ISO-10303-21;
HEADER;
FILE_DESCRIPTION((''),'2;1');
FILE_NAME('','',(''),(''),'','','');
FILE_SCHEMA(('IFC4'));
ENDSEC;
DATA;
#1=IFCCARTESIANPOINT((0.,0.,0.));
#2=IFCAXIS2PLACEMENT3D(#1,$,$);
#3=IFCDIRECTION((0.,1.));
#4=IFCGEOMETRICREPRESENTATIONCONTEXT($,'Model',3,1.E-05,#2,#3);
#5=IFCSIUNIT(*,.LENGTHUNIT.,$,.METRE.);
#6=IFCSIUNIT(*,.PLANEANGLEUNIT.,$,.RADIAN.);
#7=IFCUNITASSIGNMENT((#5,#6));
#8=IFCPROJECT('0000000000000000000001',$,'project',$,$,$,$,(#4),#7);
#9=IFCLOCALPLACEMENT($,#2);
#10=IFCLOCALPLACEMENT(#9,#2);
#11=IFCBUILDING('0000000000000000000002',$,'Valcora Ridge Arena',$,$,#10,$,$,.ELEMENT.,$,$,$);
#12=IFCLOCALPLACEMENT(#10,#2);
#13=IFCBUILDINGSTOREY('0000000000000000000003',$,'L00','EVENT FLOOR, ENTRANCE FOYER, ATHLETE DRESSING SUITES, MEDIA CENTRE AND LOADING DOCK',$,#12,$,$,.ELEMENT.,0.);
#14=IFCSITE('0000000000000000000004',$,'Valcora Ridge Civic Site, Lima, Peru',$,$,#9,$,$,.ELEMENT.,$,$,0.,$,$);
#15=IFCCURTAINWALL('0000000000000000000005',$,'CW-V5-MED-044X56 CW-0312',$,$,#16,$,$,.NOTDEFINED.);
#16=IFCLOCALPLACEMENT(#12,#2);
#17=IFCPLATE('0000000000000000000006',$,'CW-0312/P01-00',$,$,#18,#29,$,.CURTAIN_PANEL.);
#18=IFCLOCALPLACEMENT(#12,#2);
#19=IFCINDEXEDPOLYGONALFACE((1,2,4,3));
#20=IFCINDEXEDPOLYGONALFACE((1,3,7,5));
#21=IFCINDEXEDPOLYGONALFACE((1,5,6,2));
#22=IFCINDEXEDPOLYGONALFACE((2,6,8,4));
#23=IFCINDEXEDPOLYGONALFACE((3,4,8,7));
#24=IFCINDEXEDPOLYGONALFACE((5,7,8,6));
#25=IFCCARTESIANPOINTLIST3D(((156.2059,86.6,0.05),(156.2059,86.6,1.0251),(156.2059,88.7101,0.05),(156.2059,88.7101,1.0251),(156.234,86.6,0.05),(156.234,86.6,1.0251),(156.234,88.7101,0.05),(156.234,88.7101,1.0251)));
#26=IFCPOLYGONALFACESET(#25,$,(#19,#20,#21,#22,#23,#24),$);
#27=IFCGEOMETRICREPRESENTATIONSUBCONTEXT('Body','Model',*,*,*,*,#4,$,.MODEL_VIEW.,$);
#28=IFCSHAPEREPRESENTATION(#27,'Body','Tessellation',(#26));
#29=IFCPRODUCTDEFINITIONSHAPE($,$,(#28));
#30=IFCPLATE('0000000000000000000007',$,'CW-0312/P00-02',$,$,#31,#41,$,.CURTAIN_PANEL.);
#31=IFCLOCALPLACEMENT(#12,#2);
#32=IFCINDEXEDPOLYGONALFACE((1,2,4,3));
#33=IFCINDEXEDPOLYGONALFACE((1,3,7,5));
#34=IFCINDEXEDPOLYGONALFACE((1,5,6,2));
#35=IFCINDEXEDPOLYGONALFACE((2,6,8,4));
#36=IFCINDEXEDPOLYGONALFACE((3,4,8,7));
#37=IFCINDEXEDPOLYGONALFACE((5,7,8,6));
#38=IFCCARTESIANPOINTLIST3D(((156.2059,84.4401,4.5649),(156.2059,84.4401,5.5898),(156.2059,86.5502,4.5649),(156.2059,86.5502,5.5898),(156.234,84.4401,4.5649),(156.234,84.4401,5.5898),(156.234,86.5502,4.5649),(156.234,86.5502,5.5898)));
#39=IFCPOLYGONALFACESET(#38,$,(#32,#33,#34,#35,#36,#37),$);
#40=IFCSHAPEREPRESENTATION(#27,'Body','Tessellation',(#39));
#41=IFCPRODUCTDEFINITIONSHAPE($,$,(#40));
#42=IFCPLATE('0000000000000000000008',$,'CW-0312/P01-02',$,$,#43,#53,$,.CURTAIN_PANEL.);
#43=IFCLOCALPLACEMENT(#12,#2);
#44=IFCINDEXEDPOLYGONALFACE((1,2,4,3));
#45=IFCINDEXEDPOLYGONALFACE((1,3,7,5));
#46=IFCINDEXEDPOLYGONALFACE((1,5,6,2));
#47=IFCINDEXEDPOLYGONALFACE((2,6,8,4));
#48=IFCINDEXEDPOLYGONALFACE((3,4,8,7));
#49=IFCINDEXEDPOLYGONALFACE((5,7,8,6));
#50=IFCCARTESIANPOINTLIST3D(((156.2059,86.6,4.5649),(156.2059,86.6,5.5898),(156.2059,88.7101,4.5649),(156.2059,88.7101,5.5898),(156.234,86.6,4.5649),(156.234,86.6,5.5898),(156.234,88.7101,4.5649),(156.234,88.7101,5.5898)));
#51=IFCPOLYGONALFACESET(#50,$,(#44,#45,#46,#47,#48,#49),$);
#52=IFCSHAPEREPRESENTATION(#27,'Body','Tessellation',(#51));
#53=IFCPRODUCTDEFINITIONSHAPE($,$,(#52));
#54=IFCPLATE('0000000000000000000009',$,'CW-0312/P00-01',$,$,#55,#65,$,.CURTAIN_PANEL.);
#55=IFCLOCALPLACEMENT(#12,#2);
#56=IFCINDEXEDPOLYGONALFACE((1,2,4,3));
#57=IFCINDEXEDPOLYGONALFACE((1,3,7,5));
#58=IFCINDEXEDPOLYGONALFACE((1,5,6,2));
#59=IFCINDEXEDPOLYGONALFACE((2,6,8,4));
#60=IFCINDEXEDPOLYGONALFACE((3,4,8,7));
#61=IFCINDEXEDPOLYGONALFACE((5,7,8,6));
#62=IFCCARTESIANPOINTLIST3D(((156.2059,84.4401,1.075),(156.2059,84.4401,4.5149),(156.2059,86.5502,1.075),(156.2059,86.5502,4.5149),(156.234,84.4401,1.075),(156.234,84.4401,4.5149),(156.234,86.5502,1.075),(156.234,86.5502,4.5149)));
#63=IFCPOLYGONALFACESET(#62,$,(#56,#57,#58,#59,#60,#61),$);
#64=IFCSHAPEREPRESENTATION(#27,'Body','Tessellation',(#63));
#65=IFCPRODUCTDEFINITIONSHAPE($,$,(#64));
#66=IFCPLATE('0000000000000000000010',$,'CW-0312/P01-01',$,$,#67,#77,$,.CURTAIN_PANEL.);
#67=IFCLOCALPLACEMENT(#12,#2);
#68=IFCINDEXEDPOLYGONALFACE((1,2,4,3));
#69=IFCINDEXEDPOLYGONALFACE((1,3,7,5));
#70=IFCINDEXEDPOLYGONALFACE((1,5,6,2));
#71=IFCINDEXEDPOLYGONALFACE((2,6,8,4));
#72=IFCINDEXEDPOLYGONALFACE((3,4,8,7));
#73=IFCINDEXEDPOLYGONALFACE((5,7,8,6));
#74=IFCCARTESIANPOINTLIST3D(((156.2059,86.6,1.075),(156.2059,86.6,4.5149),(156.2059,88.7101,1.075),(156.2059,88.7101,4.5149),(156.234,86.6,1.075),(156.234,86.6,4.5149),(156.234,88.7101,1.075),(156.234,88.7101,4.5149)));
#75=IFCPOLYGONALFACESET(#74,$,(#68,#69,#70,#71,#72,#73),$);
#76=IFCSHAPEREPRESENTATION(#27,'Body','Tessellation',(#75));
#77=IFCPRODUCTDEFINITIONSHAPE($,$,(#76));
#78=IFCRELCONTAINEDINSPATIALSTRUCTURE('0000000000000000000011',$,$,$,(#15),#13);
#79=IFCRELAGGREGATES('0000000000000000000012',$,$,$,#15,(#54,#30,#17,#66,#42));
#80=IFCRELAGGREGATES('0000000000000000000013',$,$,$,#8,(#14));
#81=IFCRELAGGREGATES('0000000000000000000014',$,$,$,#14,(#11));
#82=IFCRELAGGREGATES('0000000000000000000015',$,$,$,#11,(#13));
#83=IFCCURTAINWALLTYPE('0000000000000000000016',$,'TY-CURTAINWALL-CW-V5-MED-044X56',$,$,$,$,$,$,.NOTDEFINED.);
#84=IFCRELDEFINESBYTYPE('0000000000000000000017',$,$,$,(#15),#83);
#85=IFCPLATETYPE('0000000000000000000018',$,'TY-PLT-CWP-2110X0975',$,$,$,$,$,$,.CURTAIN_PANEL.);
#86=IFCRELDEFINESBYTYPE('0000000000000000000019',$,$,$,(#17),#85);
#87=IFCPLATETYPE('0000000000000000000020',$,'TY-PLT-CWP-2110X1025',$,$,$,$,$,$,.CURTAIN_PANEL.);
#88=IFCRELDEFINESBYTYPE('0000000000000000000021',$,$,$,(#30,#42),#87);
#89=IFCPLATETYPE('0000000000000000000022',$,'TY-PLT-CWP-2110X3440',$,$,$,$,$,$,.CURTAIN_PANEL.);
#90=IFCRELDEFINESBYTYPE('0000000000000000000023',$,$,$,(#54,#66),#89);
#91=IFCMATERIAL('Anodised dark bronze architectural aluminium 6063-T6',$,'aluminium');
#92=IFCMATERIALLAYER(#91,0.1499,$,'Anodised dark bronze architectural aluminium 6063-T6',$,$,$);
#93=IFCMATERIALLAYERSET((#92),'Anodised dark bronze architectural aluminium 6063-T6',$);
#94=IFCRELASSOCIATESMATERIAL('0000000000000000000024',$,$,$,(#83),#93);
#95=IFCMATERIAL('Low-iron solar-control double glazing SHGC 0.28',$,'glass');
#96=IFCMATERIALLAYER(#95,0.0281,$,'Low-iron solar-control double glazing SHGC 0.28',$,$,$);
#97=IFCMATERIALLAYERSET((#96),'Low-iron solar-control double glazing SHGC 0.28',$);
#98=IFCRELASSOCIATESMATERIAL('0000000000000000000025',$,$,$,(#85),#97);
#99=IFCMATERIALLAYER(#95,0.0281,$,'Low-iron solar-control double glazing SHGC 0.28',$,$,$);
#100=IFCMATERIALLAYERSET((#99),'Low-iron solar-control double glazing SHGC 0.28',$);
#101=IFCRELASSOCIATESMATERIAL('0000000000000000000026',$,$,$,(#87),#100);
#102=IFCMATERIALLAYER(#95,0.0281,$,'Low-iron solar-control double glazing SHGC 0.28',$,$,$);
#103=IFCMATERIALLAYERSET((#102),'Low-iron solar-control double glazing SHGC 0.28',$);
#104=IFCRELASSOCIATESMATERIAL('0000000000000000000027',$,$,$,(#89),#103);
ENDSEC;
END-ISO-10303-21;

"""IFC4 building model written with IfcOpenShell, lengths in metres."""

from ifc_helpers import new_model, si_unit, direction, frame, origin, origin_2d, place, context, subcontext, project, spatial, rectangle, extrude, material, layer, layer_set, type_object, element, aggregate, save


model = new_model("IFC4")

# Units and contexts
model_context = context("Model", 3, precision=1e-05, world=origin(), true_north=direction((0.0, 1.0)))
body_context = subcontext(model_context, "Body", "Model", "MODEL_VIEW")
ifc_project = project(units=[si_unit("LENGTHUNIT", "METRE"), si_unit("PLANEANGLEUNIT", "RADIAN")], contexts=[model_context])

# Site, building, storey
site_placement = place(None, origin())
site = spatial("IfcSite", under=ifc_project, at=site_placement, Name="Valcora Ridge Civic Site, Lima, Peru", CompositionType="ELEMENT", RefElevation=0.0)
building_placement = place(site_placement, origin())
building = spatial("IfcBuilding", under=site, at=building_placement, Name="Valcora Ridge Arena", CompositionType="ELEMENT")
storey_placement = place(building_placement, origin())
storey = spatial("IfcBuildingStorey", under=building, at=storey_placement, Name="L00", Description="EVENT FLOOR, ENTRANCE FOYER, ATHLETE DRESSING SUITES, MEDIA CENTRE AND LOADING DOCK", CompositionType="ELEMENT", Elevation=0.0)

# Curtain wall, plates
ifc_material_1 = material(Name="Anodised dark bronze architectural aluminium 6063-T6", Category="aluminium")
ifc_layer_1 = layer(ifc_material_1, 0.1499, Name="Anodised dark bronze architectural aluminium 6063-T6")
ifc_layer_set_1 = layer_set([ifc_layer_1], Name="Anodised dark bronze architectural aluminium 6063-T6")
curtain_wall_type = type_object("IfcCurtainWallType", Name="TY-CURTAINWALL-CW-V5-MED-044X56", PredefinedType="NOTDEFINED", material=ifc_layer_set_1)
curtain_wall_placement = place(storey_placement, origin())
curtain_wall = element("IfcCurtainWall", 1, at=curtain_wall_placement, inside=storey, type_object=curtain_wall_type, Name="CW-V5-MED-044X56 CW-0312", PredefinedType="NOTDEFINED")
ifc_material_2 = material(Name="Low-iron solar-control double glazing SHGC 0.28", Category="glass")
ifc_layer_2 = layer(ifc_material_2, 0.0281, Name="Low-iron solar-control double glazing SHGC 0.28")
ifc_layer_set_2 = layer_set([ifc_layer_2], Name="Low-iron solar-control double glazing SHGC 0.28")
plate_type_1 = type_object("IfcPlateType", Name="TY-PLT-CWP-2110X0975", PredefinedType="CURTAIN_PANEL", material=ifc_layer_set_2)
plate_1_placement = place(storey_placement, frame((156.22, 87.655, 0.05), z_axis=(0.0, 0.0, 1.0), x_axis=(0.0, 1.0, 0.0)))
plate_1 = element("IfcPlate", 2, at=plate_1_placement, type_object=plate_type_1, Name="CW-0312/P01-00", PredefinedType="CURTAIN_PANEL", context=body_context, shape_type="SweptSolid", body=[
    extrude(rectangle(XDim=2.1101, YDim=0.0281, at=origin_2d()), origin(), (0.0, 0.0, 1.0), 0.9751),
])
ifc_layer_3 = layer(ifc_material_2, 0.0281, Name="Low-iron solar-control double glazing SHGC 0.28")
ifc_layer_set_3 = layer_set([ifc_layer_3], Name="Low-iron solar-control double glazing SHGC 0.28")
plate_type_2 = type_object("IfcPlateType", Name="TY-PLT-CWP-2110X1025", PredefinedType="CURTAIN_PANEL", material=ifc_layer_set_3)
plate_2_placement = place(storey_placement, frame((156.22, 85.4951, 4.5649), z_axis=(0.0, 0.0, 1.0), x_axis=(0.0, 1.0, 0.0)))
plate_2 = element("IfcPlate", 3, at=plate_2_placement, type_object=plate_type_2, Name="CW-0312/P00-02", PredefinedType="CURTAIN_PANEL", context=body_context, shape_type="SweptSolid", body=[
    extrude(rectangle(XDim=2.1101, YDim=0.0281, at=origin_2d()), origin(), (0.0, 0.0, 1.0), 1.0249),
])
plate_3_placement = place(storey_placement, frame((156.22, 87.655, 4.5649), z_axis=(0.0, 0.0, 1.0), x_axis=(0.0, 1.0, 0.0)))
plate_3 = element("IfcPlate", 4, at=plate_3_placement, type_object=plate_type_2, Name="CW-0312/P01-02", PredefinedType="CURTAIN_PANEL", context=body_context, shape_type="SweptSolid", body=[
    extrude(rectangle(XDim=2.1101, YDim=0.0281, at=origin_2d()), origin(), (0.0, 0.0, 1.0), 1.0249),
])
ifc_layer_4 = layer(ifc_material_2, 0.0281, Name="Low-iron solar-control double glazing SHGC 0.28")
ifc_layer_set_4 = layer_set([ifc_layer_4], Name="Low-iron solar-control double glazing SHGC 0.28")
plate_type_3 = type_object("IfcPlateType", Name="TY-PLT-CWP-2110X3440", PredefinedType="CURTAIN_PANEL", material=ifc_layer_set_4)
plate_4_placement = place(storey_placement, frame((156.22, 85.4951, 1.075), z_axis=(0.0, 0.0, 1.0), x_axis=(0.0, 1.0, 0.0)))
plate_4 = element("IfcPlate", 5, at=plate_4_placement, type_object=plate_type_3, Name="CW-0312/P00-01", PredefinedType="CURTAIN_PANEL", context=body_context, shape_type="SweptSolid", body=[
    extrude(rectangle(XDim=2.1101, YDim=0.0281, at=origin_2d()), origin(), (0.0, 0.0, 1.0), 3.4399),
])
plate_5_placement = place(storey_placement, frame((156.22, 87.655, 1.075), z_axis=(0.0, 0.0, 1.0), x_axis=(0.0, 1.0, 0.0)))
plate_5 = element("IfcPlate", 6, at=plate_5_placement, type_object=plate_type_3, Name="CW-0312/P01-01", PredefinedType="CURTAIN_PANEL", context=body_context, shape_type="SweptSolid", body=[
    extrude(rectangle(XDim=2.1101, YDim=0.0281, at=origin_2d()), origin(), (0.0, 0.0, 1.0), 3.4399),
])
aggregate(curtain_wall, [plate_4, plate_2, plate_1, plate_5, plate_3])

save(model, "model.ifc")
